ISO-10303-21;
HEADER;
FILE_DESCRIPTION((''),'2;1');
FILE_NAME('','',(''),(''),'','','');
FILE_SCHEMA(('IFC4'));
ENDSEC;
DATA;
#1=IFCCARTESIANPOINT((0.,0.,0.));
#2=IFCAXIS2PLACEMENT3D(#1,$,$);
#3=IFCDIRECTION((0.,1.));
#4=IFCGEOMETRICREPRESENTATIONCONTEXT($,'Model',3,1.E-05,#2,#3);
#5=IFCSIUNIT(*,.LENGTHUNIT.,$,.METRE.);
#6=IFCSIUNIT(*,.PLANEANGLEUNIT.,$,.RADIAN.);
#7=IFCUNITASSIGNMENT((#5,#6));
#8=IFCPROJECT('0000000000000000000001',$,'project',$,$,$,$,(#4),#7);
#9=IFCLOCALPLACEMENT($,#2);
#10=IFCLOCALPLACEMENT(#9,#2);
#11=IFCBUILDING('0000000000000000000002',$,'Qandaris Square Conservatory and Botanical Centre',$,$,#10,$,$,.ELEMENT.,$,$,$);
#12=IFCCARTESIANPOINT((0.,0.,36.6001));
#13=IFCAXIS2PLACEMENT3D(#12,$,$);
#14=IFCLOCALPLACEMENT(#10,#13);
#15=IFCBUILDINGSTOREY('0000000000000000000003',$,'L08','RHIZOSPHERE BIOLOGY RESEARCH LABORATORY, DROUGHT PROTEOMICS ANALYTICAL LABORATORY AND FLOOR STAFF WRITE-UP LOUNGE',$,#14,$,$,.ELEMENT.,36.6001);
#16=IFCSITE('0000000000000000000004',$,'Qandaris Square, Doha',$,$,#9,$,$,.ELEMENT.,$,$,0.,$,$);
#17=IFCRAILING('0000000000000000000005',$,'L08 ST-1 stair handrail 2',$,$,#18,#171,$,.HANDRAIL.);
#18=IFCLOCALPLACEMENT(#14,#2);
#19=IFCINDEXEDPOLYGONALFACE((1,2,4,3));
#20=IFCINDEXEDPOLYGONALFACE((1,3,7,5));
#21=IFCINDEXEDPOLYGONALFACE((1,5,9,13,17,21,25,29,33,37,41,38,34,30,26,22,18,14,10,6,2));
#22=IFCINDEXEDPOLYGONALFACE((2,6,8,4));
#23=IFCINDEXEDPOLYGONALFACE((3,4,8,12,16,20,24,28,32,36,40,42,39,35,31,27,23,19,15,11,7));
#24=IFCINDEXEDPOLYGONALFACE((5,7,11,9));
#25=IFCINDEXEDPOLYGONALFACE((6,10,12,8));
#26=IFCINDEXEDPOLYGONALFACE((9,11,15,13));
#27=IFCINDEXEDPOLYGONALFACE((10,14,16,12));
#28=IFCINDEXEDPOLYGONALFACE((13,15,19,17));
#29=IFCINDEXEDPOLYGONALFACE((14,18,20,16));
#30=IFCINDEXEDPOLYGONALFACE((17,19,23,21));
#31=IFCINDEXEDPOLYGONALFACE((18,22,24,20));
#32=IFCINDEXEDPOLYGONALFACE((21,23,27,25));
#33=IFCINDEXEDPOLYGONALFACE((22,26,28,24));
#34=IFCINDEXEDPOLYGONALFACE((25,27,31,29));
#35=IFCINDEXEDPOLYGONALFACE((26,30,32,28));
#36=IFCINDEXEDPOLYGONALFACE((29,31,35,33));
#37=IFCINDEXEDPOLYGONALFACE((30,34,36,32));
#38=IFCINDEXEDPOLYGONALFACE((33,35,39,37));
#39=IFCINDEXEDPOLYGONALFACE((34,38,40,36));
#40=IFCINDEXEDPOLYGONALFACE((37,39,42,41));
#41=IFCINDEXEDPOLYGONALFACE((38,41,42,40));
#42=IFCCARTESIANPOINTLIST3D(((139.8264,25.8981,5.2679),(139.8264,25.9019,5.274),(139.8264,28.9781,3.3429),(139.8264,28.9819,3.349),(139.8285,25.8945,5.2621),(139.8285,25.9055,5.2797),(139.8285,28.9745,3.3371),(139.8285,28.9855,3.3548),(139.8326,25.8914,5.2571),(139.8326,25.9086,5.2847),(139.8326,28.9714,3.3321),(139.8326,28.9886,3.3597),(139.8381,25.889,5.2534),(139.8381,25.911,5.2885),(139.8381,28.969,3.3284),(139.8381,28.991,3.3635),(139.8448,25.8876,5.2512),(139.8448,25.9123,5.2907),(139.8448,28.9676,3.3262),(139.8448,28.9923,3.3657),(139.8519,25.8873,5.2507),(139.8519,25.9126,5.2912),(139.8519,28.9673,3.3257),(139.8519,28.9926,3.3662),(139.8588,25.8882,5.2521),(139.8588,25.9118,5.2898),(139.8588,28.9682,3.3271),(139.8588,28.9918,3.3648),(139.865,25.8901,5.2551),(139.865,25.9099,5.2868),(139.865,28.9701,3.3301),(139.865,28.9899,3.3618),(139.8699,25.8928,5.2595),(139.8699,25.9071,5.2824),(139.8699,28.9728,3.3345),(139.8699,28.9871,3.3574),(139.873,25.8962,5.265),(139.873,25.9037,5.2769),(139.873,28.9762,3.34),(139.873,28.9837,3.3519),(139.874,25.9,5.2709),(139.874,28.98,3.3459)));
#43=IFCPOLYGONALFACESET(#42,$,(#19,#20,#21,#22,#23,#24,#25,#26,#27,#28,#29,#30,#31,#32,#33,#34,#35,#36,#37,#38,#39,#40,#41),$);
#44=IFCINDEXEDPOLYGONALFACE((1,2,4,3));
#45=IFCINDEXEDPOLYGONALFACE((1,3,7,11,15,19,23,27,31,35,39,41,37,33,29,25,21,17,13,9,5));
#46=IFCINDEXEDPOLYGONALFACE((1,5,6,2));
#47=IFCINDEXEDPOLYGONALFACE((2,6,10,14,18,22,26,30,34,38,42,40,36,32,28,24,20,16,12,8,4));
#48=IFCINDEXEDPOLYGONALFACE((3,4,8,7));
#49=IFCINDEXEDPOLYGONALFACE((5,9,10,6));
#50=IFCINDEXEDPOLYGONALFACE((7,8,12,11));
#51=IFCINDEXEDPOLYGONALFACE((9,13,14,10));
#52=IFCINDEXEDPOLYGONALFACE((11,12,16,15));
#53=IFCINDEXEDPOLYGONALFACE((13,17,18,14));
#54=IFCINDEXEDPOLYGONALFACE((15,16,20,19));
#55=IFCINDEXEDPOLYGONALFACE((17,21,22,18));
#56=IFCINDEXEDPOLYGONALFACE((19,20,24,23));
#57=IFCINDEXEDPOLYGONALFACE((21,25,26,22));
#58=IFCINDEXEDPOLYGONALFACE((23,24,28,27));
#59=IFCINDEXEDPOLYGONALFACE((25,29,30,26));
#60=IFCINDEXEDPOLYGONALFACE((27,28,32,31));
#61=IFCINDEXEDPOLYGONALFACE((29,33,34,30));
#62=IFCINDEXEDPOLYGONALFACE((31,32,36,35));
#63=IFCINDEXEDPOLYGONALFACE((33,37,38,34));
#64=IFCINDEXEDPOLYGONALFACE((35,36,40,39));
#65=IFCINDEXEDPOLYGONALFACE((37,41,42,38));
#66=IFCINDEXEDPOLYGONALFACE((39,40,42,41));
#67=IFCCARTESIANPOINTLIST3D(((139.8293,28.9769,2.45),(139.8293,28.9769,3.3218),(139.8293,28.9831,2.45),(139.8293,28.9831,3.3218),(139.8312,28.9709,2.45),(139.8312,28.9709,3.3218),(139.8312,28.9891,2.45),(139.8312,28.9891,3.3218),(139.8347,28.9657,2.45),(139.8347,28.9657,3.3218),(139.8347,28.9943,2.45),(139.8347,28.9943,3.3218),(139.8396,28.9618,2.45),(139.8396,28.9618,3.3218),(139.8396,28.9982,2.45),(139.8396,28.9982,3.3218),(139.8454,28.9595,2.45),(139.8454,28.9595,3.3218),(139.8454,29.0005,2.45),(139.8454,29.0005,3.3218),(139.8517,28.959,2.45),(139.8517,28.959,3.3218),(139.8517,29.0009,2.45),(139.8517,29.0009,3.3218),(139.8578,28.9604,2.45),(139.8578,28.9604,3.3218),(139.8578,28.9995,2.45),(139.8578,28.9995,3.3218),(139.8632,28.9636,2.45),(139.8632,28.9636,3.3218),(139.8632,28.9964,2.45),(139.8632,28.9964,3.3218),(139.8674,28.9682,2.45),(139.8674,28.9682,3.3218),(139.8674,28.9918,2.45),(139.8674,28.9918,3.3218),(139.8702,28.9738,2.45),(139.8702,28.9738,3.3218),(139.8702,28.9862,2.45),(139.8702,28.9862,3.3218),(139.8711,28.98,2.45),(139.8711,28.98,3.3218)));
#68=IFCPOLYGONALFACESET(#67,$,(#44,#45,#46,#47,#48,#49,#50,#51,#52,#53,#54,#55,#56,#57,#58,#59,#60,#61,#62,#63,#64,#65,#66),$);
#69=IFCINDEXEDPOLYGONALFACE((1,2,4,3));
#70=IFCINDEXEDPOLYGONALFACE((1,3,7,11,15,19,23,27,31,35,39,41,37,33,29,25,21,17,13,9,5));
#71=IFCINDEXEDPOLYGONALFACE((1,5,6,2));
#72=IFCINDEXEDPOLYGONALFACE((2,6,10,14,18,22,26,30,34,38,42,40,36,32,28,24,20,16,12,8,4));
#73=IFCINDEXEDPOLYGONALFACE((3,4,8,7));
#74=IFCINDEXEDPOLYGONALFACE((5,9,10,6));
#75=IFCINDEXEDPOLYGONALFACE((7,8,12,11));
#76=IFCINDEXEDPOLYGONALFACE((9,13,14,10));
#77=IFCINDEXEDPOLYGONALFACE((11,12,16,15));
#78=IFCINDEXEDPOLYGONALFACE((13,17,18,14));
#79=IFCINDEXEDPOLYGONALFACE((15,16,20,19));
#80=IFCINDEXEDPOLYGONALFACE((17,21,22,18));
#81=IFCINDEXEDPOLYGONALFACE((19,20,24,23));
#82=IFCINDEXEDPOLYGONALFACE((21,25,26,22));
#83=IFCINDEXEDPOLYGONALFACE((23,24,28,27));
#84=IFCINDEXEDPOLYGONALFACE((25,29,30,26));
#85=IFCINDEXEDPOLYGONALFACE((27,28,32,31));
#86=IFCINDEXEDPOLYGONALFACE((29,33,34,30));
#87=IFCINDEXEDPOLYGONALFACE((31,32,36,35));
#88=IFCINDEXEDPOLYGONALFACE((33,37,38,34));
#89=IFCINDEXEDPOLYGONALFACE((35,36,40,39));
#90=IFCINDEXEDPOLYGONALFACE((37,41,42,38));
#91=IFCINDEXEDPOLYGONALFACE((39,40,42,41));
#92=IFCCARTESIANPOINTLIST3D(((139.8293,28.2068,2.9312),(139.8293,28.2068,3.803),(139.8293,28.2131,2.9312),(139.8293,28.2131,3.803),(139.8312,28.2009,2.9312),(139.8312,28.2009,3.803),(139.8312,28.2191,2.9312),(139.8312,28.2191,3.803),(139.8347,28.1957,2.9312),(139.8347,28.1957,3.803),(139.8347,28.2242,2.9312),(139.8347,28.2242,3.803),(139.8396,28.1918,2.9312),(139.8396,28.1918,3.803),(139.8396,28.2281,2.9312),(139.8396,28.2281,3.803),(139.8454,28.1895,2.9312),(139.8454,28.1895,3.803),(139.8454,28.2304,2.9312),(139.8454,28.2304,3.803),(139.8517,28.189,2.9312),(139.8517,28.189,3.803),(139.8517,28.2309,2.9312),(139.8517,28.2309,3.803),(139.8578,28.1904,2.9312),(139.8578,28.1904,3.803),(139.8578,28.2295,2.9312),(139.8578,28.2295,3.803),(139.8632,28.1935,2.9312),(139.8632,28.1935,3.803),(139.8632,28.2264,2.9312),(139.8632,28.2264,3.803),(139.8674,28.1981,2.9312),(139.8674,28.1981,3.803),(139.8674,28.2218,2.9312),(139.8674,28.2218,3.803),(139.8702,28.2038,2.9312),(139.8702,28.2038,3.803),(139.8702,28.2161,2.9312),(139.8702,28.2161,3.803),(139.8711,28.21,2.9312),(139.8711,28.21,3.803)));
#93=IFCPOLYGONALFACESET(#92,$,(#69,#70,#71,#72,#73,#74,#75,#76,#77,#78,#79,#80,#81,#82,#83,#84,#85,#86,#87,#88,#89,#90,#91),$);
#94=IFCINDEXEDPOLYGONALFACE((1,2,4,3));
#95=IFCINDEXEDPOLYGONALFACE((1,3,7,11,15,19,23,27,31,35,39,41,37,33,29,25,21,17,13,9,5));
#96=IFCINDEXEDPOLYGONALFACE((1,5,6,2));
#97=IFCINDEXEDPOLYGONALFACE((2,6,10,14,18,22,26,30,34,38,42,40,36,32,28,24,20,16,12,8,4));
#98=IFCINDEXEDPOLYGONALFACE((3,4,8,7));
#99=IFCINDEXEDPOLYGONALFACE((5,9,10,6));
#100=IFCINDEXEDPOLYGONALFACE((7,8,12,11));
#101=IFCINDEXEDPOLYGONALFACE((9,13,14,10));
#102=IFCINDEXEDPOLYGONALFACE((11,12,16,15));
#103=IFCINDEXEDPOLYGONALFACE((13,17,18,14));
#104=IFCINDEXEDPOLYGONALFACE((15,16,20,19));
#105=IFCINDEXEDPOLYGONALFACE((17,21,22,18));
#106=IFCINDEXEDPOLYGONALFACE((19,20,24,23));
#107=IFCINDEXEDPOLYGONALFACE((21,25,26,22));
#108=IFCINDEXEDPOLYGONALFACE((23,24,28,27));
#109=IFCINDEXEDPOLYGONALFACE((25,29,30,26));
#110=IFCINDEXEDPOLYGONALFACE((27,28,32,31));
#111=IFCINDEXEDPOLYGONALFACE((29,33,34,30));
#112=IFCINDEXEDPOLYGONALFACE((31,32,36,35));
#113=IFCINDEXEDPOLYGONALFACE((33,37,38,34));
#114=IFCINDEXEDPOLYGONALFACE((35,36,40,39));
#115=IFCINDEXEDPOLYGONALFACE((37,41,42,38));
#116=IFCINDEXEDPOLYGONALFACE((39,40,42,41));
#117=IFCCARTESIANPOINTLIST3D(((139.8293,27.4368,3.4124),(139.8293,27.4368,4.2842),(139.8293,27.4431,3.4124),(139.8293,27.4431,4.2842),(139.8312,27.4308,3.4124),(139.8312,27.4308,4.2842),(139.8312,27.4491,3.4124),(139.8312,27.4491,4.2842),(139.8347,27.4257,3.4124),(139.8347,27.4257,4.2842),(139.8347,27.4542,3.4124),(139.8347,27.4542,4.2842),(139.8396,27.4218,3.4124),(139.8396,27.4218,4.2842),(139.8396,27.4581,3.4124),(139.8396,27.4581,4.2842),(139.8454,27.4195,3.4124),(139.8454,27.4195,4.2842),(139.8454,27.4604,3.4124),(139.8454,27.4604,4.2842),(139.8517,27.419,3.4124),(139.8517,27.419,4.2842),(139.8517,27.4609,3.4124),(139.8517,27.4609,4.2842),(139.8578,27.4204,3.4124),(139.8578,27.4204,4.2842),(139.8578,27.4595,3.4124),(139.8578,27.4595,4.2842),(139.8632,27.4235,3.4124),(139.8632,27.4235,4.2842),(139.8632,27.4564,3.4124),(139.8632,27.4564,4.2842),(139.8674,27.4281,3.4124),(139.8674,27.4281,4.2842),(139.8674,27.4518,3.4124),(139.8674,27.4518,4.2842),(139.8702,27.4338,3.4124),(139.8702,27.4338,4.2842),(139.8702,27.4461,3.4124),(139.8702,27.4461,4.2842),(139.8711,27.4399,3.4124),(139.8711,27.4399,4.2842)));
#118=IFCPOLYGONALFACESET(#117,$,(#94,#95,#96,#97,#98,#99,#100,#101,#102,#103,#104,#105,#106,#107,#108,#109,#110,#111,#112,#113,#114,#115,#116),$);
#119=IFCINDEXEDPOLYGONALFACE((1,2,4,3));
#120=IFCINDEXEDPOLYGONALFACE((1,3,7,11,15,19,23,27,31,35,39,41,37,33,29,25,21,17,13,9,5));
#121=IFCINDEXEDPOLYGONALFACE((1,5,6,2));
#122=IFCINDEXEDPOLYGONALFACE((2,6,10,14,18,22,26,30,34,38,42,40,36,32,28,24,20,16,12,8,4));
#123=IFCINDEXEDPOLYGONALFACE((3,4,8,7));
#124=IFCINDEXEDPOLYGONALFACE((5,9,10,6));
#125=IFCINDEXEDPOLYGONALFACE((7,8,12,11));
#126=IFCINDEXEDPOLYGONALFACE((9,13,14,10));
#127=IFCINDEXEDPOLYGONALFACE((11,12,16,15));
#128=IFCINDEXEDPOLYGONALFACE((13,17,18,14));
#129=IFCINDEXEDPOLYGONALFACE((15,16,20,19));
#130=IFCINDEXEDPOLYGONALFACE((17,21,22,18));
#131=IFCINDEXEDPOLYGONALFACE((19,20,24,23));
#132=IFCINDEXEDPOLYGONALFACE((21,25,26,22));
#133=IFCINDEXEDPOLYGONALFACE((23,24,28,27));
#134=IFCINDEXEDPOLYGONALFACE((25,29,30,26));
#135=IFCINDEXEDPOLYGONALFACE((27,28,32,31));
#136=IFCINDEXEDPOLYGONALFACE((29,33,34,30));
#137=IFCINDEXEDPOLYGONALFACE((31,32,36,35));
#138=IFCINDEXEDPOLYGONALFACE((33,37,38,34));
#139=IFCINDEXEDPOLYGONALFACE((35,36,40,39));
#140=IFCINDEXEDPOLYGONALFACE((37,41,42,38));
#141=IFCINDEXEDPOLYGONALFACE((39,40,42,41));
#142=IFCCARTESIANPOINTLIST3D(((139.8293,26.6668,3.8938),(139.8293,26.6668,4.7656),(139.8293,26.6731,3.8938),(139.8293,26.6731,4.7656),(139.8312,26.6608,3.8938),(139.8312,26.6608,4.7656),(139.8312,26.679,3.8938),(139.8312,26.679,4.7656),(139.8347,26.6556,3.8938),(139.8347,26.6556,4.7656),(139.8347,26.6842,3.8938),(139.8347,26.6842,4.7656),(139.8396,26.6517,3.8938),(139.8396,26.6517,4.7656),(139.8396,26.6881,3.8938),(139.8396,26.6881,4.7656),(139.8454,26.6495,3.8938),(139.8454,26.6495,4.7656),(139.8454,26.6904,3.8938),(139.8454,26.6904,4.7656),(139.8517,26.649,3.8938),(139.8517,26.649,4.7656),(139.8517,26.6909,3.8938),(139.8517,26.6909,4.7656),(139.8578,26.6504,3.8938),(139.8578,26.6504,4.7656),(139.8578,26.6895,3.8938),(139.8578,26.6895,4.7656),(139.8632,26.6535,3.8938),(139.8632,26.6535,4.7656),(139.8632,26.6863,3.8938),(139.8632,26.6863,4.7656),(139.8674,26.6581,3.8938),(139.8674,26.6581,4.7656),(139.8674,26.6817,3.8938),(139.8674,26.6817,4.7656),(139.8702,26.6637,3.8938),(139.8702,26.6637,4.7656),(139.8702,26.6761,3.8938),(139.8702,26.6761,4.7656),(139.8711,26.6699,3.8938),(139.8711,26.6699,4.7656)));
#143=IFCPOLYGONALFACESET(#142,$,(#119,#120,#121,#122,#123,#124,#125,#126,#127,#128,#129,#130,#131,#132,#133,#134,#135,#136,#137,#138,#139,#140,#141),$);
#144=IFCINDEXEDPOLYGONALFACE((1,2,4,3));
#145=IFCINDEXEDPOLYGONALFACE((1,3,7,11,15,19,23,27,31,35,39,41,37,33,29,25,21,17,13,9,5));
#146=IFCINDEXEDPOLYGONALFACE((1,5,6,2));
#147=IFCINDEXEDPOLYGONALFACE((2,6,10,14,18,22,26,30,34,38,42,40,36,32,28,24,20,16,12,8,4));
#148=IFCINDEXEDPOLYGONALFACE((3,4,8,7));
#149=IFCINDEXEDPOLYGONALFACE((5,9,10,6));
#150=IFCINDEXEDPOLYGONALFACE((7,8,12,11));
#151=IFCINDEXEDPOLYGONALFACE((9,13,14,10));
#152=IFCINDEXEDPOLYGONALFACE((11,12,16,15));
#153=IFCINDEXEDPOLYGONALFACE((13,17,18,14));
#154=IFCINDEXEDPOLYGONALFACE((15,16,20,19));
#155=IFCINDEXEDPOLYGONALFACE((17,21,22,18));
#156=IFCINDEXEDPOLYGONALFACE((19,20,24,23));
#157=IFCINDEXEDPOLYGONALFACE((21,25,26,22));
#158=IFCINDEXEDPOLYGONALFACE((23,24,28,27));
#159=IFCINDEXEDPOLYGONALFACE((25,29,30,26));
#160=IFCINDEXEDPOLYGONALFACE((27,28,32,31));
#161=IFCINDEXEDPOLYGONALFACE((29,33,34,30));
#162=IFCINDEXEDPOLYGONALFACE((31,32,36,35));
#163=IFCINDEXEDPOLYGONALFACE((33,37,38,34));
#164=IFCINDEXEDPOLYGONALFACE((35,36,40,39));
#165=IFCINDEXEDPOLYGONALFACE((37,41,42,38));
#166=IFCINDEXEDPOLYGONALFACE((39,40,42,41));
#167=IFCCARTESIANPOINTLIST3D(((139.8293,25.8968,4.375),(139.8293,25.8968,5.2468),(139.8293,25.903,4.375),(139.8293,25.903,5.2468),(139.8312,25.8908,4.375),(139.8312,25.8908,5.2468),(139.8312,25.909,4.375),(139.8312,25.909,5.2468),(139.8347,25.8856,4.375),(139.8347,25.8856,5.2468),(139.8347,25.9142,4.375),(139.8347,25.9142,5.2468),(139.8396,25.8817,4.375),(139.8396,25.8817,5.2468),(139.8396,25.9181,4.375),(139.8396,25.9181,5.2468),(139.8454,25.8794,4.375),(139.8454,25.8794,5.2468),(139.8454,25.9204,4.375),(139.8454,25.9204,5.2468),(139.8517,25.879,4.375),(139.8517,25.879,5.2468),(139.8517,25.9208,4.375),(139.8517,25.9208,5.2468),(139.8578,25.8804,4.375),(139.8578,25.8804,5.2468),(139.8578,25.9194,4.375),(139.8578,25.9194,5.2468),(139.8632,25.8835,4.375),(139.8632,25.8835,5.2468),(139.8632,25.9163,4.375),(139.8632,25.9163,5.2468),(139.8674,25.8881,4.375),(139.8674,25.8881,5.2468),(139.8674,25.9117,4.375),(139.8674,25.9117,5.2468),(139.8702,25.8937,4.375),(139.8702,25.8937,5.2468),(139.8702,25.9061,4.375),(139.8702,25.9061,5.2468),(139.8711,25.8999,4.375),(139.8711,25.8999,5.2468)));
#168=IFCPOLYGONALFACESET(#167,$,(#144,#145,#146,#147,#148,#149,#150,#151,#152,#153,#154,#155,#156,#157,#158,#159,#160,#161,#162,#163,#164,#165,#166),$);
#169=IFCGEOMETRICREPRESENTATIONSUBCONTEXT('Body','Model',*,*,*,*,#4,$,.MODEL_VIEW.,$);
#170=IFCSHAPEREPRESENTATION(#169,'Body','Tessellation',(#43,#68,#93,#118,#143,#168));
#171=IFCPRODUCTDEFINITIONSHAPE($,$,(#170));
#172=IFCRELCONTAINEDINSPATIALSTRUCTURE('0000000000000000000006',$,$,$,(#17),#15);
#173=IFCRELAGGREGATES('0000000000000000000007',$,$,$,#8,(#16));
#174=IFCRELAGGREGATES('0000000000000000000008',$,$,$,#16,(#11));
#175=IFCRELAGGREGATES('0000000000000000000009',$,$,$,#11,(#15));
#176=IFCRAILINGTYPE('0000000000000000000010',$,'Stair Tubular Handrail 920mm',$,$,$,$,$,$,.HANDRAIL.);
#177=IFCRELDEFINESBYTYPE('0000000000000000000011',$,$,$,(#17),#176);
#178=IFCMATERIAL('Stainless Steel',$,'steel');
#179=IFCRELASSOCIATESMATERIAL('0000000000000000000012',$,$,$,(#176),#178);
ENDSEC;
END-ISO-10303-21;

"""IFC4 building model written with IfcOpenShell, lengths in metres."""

from ifc_helpers import new_model, si_unit, direction, frame, origin, origin_2d, place, context, subcontext, project, spatial, circle, extrude, material, type_object, element, save


model = new_model("IFC4")

# Units and contexts
model_context = context("Model", 3, precision=1e-05, world=origin(), true_north=direction((0.0, 1.0)))
body_context = subcontext(model_context, "Body", "Model", "MODEL_VIEW")
ifc_project = project(units=[si_unit("LENGTHUNIT", "METRE"), si_unit("PLANEANGLEUNIT", "RADIAN")], contexts=[model_context])

# Site, building, storey
site_placement = place(None, origin())
site = spatial("IfcSite", under=ifc_project, at=site_placement, Name="Qandaris Square, Doha", CompositionType="ELEMENT", RefElevation=0.0)
building_placement = place(site_placement, origin())
building = spatial("IfcBuilding", under=site, at=building_placement, Name="Qandaris Square Conservatory and Botanical Centre", CompositionType="ELEMENT")
storey_placement = place(building_placement, frame((0.0, 0.0, 36.6001)))
storey = spatial("IfcBuildingStorey", under=building, at=storey_placement, Name="L08", Description="RHIZOSPHERE BIOLOGY RESEARCH LABORATORY, DROUGHT PROTEOMICS ANALYTICAL LABORATORY AND FLOOR STAFF WRITE-UP LOUNGE", CompositionType="ELEMENT", Elevation=36.6001)

# Railing
ifc_material_1 = material(Name="Stainless Steel", Category="steel")
railing_type_1 = type_object("IfcRailingType", Name="Stair Tubular Handrail 920mm", PredefinedType="HANDRAIL", material=ifc_material_1)
railing_1_placement = place(storey_placement, frame((139.8501, 28.98, 2.45)))
element("IfcRailing", 1, at=railing_1_placement, inside=storey, type_object=railing_type_1, Name="L08 ST-1 stair handrail 2", PredefinedType="HANDRAIL", context=body_context, shape_type="SweptSolid", body=[
    extrude(circle(Radius=0.0239, at=origin_2d()), frame((0.0, 0.0, 0.896), z_axis=(0.0, -0.847998, 0.529999), x_axis=(1.0, 0.0, 0.0)), (0.0, 0.0, 1.0), 3.6321),
    extrude(circle(Radius=0.021, at=origin_2d()), origin(), (0.0, 0.0, 1.0), 0.8718),
    extrude(circle(Radius=0.021, at=origin_2d()), frame((0.0, -0.77, 0.4812)), (0.0, 0.0, 1.0), 0.8718),
    extrude(circle(Radius=0.021, at=origin_2d()), frame((0.0, -1.54, 0.9624)), (0.0, 0.0, 1.0), 0.8718),
    extrude(circle(Radius=0.021, at=origin_2d()), frame((0.0, -2.3101, 1.4438)), (0.0, 0.0, 1.0), 0.8718),
    extrude(circle(Radius=0.021, at=origin_2d()), frame((0.0, -3.0801, 1.925)), (0.0, 0.0, 1.0), 0.8718),
])

save(model, "model.ifc")
